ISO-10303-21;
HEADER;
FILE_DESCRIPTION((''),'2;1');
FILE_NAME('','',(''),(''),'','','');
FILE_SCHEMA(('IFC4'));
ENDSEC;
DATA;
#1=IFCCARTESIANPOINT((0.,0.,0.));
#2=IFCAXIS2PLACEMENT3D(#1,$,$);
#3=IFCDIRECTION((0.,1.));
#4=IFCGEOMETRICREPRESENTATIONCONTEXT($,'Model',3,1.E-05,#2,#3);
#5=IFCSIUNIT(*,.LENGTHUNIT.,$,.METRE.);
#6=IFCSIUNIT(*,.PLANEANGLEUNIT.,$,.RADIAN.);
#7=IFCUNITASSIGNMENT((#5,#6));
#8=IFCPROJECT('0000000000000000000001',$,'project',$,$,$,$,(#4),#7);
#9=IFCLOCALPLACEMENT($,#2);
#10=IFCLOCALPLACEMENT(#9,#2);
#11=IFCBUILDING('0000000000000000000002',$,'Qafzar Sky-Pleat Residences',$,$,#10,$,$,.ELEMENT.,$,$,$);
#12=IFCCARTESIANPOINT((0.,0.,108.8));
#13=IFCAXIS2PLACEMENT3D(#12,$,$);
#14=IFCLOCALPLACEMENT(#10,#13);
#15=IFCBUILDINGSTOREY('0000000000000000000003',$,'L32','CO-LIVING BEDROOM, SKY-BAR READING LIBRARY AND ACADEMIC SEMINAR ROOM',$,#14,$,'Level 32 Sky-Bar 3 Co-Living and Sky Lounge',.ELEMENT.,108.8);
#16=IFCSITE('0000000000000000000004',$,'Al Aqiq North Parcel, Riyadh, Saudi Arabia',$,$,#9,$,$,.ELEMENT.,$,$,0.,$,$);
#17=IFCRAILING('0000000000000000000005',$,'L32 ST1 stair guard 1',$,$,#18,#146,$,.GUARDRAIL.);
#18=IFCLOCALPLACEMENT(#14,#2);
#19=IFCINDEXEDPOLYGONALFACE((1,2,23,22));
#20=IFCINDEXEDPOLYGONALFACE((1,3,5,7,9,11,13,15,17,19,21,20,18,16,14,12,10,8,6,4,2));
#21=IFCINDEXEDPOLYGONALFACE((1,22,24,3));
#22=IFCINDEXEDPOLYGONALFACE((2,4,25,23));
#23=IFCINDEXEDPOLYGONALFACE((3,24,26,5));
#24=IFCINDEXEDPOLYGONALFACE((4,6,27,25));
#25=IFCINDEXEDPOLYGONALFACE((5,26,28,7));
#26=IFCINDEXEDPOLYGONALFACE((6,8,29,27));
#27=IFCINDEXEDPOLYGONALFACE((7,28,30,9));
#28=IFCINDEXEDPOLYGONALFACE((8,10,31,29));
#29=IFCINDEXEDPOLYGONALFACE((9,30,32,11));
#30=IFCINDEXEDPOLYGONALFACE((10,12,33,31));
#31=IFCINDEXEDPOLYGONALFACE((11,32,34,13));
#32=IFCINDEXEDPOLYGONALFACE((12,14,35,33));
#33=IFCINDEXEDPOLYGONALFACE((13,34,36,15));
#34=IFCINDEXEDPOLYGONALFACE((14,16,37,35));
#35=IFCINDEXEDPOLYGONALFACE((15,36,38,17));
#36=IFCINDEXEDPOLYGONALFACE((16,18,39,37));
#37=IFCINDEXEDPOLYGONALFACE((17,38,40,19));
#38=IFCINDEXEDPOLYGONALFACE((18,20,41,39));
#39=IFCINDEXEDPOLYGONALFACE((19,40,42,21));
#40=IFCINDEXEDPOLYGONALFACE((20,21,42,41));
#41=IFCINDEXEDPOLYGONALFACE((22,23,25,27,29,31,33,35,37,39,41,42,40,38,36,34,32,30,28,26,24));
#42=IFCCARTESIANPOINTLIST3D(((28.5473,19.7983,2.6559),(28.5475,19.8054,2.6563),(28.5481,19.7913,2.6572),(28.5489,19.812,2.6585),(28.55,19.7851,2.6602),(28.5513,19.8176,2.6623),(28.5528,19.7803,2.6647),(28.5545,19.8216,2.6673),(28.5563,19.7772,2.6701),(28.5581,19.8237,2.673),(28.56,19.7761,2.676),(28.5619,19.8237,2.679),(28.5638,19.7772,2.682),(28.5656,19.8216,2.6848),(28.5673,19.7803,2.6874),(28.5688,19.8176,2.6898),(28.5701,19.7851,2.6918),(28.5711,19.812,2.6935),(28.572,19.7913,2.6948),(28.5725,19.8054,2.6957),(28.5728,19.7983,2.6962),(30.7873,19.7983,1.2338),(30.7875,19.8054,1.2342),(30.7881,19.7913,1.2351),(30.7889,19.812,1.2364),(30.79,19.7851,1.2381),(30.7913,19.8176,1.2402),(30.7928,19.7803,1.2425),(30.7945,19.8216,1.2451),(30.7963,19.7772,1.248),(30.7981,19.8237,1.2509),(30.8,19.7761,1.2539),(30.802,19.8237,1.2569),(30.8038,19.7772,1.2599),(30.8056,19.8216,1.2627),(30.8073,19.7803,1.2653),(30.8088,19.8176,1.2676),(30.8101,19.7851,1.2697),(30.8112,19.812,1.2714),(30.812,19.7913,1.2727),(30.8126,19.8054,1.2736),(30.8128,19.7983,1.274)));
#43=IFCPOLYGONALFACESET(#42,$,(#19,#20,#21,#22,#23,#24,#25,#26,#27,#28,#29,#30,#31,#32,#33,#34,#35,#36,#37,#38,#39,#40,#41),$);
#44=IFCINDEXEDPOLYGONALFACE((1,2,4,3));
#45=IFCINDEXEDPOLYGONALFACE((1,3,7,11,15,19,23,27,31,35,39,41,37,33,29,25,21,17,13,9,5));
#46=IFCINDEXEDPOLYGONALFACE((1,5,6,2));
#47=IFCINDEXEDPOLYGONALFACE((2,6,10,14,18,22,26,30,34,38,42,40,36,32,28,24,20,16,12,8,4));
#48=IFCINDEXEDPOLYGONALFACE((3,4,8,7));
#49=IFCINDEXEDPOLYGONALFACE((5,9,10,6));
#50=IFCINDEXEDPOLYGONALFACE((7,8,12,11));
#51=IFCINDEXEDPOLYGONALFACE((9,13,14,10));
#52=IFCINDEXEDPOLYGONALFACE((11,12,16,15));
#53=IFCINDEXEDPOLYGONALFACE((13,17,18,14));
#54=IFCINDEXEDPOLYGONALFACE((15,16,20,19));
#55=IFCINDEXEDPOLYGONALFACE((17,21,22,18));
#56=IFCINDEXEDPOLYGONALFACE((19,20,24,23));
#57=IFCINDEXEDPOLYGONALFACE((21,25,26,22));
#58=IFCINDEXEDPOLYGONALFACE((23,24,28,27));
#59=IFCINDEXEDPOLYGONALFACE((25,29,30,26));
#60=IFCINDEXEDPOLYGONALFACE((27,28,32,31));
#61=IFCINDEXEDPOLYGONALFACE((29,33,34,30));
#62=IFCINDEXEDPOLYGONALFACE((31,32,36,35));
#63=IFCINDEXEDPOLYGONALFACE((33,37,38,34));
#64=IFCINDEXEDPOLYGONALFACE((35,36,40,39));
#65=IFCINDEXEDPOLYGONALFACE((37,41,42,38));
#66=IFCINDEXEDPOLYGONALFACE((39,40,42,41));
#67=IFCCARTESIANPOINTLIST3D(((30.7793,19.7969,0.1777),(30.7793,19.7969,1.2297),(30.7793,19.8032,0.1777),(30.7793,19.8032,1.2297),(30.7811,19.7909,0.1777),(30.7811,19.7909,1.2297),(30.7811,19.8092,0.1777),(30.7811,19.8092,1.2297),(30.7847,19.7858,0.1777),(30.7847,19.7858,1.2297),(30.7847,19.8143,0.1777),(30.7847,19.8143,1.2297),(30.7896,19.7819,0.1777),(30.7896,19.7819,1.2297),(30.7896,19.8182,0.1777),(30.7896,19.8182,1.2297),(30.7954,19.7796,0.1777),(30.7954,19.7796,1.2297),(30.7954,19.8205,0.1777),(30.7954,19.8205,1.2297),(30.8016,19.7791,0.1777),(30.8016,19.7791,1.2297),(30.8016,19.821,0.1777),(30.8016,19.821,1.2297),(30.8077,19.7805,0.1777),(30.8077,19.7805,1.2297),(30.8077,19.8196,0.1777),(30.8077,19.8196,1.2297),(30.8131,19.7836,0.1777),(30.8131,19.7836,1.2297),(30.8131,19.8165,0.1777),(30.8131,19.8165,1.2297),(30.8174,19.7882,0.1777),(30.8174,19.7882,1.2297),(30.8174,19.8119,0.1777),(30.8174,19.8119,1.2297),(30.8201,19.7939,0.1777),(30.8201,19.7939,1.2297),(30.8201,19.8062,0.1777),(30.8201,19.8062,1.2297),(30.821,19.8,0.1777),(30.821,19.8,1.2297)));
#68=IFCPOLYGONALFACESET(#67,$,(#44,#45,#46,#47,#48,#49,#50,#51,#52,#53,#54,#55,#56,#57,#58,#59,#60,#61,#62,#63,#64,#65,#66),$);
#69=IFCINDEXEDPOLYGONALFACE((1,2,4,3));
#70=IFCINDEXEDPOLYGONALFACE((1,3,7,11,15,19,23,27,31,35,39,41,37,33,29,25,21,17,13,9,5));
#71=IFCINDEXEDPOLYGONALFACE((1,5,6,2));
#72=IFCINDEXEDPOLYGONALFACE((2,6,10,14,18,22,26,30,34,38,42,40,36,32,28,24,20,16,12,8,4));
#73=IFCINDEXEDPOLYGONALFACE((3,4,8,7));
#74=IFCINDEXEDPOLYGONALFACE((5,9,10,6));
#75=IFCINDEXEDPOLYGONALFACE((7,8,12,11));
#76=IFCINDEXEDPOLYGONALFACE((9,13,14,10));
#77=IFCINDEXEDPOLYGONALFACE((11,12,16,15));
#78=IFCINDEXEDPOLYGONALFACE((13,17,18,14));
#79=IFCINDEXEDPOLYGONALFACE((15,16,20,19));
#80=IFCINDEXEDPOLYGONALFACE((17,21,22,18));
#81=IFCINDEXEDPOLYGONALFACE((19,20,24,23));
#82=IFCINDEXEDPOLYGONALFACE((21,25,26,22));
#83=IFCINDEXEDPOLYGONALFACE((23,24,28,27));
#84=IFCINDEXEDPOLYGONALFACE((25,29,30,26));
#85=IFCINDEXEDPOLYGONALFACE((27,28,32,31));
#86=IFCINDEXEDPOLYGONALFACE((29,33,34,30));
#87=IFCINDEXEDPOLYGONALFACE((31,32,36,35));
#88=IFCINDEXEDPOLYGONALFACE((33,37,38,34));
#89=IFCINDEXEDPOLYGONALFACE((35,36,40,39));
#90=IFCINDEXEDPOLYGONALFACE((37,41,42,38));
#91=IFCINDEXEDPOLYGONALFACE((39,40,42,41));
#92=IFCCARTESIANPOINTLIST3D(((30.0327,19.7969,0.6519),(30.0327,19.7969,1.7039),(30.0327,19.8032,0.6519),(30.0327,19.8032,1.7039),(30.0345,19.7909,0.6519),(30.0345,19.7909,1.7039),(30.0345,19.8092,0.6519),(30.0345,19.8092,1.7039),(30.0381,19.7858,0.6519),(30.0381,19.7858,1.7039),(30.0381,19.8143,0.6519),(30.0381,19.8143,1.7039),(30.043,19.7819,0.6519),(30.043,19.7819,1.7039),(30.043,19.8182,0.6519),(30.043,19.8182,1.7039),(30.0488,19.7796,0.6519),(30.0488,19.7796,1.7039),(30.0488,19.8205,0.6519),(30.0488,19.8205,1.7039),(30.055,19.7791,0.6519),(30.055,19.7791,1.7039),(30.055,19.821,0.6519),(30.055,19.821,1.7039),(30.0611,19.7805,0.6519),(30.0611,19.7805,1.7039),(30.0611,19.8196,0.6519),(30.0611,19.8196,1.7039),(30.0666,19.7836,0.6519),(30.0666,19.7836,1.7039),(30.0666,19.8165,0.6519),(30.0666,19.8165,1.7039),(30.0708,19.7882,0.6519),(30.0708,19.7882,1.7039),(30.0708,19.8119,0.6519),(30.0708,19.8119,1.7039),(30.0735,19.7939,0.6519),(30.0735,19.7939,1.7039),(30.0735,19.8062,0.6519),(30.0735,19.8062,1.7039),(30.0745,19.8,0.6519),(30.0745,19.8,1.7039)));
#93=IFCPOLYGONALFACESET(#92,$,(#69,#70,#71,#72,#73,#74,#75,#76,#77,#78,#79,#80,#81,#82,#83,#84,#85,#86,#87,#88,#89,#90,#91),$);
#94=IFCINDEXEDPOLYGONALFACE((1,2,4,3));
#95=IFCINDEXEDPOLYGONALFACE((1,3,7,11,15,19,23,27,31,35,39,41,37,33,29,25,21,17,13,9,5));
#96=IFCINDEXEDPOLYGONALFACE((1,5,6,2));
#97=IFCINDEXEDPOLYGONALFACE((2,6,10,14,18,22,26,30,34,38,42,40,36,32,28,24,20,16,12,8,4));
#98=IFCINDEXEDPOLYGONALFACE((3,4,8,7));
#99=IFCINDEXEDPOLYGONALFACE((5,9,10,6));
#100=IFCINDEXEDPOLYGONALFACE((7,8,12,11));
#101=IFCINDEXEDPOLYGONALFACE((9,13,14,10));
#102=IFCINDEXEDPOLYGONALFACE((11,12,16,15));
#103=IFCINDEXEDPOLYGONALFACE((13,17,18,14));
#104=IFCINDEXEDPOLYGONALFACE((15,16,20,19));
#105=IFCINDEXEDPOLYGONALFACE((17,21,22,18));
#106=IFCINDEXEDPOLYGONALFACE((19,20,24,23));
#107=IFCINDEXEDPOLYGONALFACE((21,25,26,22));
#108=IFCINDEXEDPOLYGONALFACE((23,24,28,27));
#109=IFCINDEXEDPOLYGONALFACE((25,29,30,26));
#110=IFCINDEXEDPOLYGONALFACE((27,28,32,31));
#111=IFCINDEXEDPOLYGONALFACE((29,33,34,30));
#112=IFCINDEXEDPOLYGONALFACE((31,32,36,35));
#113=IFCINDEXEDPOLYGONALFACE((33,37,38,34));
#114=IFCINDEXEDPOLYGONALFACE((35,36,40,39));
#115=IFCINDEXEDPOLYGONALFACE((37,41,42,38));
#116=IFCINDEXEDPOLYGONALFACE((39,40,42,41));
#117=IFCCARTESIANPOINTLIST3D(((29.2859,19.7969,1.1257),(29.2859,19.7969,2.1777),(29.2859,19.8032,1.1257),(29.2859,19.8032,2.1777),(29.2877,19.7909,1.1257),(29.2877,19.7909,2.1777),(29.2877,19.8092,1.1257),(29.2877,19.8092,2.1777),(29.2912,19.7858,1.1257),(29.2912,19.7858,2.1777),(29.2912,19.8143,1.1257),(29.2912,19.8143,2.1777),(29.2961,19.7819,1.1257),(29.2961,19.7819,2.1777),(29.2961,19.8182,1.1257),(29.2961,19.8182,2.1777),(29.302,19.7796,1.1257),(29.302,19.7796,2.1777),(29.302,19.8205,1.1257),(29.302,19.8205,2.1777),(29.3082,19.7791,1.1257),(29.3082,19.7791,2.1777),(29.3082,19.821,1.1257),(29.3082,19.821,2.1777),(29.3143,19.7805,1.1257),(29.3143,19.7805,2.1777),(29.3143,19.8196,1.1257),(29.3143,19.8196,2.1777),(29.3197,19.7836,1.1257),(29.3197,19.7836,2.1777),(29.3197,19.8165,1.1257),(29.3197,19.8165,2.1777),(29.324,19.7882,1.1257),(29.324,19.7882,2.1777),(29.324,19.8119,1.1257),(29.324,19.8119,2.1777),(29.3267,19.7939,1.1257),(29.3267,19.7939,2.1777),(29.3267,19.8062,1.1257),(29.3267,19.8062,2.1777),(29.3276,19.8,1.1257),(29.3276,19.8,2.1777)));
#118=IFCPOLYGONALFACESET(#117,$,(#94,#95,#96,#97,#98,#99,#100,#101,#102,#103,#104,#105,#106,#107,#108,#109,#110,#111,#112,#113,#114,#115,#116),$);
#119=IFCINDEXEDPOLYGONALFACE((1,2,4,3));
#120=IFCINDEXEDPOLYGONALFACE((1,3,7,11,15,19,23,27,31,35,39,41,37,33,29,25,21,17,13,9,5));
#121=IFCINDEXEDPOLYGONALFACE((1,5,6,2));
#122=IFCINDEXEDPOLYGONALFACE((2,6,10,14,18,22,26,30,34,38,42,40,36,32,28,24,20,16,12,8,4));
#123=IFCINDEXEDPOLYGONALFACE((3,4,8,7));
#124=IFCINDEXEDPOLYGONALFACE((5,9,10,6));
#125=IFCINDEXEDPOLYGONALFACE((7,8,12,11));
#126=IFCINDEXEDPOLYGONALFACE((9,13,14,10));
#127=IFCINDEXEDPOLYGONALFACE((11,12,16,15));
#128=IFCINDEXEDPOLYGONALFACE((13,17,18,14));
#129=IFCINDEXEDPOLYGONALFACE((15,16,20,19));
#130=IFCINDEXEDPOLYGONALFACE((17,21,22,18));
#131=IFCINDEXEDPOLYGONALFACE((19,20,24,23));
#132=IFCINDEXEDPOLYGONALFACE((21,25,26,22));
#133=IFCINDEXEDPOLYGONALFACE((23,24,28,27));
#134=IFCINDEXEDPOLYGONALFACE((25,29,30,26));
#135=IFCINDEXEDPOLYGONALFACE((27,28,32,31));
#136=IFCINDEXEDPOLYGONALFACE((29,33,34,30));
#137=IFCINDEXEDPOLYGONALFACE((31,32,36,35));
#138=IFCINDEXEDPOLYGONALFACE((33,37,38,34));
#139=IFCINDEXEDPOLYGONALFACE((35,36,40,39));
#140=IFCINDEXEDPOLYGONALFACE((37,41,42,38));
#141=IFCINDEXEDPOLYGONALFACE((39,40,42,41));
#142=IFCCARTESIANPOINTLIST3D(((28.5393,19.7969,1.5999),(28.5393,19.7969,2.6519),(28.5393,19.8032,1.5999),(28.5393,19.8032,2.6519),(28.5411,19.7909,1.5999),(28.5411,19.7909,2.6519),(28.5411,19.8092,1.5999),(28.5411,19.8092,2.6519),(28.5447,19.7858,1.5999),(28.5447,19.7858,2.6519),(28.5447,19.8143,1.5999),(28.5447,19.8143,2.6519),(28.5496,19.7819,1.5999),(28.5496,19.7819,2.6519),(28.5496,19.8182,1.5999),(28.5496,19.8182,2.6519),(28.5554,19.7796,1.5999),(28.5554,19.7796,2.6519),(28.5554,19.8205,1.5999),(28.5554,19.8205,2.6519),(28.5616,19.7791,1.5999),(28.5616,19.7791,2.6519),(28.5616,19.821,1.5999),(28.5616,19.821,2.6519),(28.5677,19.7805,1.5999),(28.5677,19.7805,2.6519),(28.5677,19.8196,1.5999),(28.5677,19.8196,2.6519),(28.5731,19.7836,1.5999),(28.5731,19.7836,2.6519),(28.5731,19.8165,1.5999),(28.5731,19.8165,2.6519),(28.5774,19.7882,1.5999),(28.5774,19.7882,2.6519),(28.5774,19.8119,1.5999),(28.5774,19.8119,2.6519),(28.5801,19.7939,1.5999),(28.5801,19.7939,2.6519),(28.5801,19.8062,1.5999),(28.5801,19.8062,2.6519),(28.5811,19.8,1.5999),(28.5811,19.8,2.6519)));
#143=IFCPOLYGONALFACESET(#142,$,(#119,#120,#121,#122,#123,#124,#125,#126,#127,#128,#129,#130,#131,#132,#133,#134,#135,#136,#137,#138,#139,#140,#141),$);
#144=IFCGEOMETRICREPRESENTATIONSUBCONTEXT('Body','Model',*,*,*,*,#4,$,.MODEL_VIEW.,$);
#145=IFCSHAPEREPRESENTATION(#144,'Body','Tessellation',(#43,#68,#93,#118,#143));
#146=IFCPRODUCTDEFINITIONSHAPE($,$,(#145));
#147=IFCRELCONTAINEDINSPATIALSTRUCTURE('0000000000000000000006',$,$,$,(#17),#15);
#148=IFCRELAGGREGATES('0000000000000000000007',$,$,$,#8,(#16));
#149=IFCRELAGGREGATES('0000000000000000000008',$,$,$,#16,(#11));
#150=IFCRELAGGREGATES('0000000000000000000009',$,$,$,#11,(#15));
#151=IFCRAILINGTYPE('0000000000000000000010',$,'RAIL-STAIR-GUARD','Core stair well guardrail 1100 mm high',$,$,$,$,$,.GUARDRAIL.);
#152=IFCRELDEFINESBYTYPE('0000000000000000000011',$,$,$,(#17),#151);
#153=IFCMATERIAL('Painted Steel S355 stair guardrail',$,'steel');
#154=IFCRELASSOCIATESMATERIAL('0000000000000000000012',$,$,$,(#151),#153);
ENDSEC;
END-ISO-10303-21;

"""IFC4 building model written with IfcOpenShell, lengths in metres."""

from ifc_helpers import new_model, si_unit, direction, frame, origin, origin_2d, place, context, subcontext, project, spatial, circle, extrude, source, transform, mapped, material, type_object, element, save


model = new_model("IFC4")

# Units and contexts
model_context = context("Model", 3, precision=1e-05, world=origin(), true_north=direction((0.0, 1.0)))
body_context = subcontext(model_context, "Body", "Model", "MODEL_VIEW")
ifc_project = project(units=[si_unit("LENGTHUNIT", "METRE"), si_unit("PLANEANGLEUNIT", "RADIAN")], contexts=[model_context])

# Site, building, storey
site_placement = place(None, origin())
site = spatial("IfcSite", under=ifc_project, at=site_placement, Name="Al Aqiq North Parcel, Riyadh, Saudi Arabia", CompositionType="ELEMENT", RefElevation=0.0)
building_placement = place(site_placement, origin())
building = spatial("IfcBuilding", under=site, at=building_placement, Name="Qafzar Sky-Pleat Residences", CompositionType="ELEMENT")
storey_placement = place(building_placement, frame((0.0, 0.0, 108.8)))
storey = spatial("IfcBuildingStorey", under=building, at=storey_placement, Name="L32", Description="CO-LIVING BEDROOM, SKY-BAR READING LIBRARY AND ACADEMIC SEMINAR ROOM", LongName="Level 32 Sky-Bar 3 Co-Living and Sky Lounge", CompositionType="ELEMENT", Elevation=108.8)

# Railing
ifc_material_1 = material(Name="Painted Steel S355 stair guardrail", Category="steel")
railing_type_1 = type_object("IfcRailingType", Name="RAIL-STAIR-GUARD", Description="Core stair well guardrail 1100 mm high", PredefinedType="GUARDRAIL", material=ifc_material_1)
shared_shape_1 = source(origin(), body_context, "Body", "SweptSolid", [
    extrude(circle(Radius=0.0239, at=origin_2d()), frame((0.0, 0.0, 1.0762), z_axis=(-0.844229, 0.0, 0.535982), x_axis=(0.0, -1.0, 0.0)), (0.0, 0.0, 1.0), 2.6533),
    extrude(circle(Radius=0.021, at=origin_2d()), origin(), (0.0, 0.0, 1.0), 1.052),
    extrude(circle(Radius=0.021, at=origin_2d()), frame((-0.7466, 0.0, 0.4741)), (0.0, 0.0, 1.0), 1.052),
    extrude(circle(Radius=0.021, at=origin_2d()), frame((-1.4934, 0.0, 0.948)), (0.0, 0.0, 1.0), 1.052),
    extrude(circle(Radius=0.021, at=origin_2d()), frame((-2.24, 0.0, 1.4221)), (0.0, 0.0, 1.0), 1.052),
])
railing_1_placement = place(storey_placement, frame((30.8, 19.8, 0.1777)))
element("IfcRailing", 1, at=railing_1_placement, inside=storey, type_object=railing_type_1, Name="L32 ST1 stair guard 1", PredefinedType="GUARDRAIL", context=body_context, shape_type="MappedRepresentation", body=[
    mapped(shared_shape_1, transform((0.0, 0.0, 0.0), x_axis=(1.0, 0.0, 0.0), y_axis=(0.0, 1.0, 0.0), z_axis=(0.0, 0.0, 1.0), scale=1.0)),
])

save(model, "model.ifc")
